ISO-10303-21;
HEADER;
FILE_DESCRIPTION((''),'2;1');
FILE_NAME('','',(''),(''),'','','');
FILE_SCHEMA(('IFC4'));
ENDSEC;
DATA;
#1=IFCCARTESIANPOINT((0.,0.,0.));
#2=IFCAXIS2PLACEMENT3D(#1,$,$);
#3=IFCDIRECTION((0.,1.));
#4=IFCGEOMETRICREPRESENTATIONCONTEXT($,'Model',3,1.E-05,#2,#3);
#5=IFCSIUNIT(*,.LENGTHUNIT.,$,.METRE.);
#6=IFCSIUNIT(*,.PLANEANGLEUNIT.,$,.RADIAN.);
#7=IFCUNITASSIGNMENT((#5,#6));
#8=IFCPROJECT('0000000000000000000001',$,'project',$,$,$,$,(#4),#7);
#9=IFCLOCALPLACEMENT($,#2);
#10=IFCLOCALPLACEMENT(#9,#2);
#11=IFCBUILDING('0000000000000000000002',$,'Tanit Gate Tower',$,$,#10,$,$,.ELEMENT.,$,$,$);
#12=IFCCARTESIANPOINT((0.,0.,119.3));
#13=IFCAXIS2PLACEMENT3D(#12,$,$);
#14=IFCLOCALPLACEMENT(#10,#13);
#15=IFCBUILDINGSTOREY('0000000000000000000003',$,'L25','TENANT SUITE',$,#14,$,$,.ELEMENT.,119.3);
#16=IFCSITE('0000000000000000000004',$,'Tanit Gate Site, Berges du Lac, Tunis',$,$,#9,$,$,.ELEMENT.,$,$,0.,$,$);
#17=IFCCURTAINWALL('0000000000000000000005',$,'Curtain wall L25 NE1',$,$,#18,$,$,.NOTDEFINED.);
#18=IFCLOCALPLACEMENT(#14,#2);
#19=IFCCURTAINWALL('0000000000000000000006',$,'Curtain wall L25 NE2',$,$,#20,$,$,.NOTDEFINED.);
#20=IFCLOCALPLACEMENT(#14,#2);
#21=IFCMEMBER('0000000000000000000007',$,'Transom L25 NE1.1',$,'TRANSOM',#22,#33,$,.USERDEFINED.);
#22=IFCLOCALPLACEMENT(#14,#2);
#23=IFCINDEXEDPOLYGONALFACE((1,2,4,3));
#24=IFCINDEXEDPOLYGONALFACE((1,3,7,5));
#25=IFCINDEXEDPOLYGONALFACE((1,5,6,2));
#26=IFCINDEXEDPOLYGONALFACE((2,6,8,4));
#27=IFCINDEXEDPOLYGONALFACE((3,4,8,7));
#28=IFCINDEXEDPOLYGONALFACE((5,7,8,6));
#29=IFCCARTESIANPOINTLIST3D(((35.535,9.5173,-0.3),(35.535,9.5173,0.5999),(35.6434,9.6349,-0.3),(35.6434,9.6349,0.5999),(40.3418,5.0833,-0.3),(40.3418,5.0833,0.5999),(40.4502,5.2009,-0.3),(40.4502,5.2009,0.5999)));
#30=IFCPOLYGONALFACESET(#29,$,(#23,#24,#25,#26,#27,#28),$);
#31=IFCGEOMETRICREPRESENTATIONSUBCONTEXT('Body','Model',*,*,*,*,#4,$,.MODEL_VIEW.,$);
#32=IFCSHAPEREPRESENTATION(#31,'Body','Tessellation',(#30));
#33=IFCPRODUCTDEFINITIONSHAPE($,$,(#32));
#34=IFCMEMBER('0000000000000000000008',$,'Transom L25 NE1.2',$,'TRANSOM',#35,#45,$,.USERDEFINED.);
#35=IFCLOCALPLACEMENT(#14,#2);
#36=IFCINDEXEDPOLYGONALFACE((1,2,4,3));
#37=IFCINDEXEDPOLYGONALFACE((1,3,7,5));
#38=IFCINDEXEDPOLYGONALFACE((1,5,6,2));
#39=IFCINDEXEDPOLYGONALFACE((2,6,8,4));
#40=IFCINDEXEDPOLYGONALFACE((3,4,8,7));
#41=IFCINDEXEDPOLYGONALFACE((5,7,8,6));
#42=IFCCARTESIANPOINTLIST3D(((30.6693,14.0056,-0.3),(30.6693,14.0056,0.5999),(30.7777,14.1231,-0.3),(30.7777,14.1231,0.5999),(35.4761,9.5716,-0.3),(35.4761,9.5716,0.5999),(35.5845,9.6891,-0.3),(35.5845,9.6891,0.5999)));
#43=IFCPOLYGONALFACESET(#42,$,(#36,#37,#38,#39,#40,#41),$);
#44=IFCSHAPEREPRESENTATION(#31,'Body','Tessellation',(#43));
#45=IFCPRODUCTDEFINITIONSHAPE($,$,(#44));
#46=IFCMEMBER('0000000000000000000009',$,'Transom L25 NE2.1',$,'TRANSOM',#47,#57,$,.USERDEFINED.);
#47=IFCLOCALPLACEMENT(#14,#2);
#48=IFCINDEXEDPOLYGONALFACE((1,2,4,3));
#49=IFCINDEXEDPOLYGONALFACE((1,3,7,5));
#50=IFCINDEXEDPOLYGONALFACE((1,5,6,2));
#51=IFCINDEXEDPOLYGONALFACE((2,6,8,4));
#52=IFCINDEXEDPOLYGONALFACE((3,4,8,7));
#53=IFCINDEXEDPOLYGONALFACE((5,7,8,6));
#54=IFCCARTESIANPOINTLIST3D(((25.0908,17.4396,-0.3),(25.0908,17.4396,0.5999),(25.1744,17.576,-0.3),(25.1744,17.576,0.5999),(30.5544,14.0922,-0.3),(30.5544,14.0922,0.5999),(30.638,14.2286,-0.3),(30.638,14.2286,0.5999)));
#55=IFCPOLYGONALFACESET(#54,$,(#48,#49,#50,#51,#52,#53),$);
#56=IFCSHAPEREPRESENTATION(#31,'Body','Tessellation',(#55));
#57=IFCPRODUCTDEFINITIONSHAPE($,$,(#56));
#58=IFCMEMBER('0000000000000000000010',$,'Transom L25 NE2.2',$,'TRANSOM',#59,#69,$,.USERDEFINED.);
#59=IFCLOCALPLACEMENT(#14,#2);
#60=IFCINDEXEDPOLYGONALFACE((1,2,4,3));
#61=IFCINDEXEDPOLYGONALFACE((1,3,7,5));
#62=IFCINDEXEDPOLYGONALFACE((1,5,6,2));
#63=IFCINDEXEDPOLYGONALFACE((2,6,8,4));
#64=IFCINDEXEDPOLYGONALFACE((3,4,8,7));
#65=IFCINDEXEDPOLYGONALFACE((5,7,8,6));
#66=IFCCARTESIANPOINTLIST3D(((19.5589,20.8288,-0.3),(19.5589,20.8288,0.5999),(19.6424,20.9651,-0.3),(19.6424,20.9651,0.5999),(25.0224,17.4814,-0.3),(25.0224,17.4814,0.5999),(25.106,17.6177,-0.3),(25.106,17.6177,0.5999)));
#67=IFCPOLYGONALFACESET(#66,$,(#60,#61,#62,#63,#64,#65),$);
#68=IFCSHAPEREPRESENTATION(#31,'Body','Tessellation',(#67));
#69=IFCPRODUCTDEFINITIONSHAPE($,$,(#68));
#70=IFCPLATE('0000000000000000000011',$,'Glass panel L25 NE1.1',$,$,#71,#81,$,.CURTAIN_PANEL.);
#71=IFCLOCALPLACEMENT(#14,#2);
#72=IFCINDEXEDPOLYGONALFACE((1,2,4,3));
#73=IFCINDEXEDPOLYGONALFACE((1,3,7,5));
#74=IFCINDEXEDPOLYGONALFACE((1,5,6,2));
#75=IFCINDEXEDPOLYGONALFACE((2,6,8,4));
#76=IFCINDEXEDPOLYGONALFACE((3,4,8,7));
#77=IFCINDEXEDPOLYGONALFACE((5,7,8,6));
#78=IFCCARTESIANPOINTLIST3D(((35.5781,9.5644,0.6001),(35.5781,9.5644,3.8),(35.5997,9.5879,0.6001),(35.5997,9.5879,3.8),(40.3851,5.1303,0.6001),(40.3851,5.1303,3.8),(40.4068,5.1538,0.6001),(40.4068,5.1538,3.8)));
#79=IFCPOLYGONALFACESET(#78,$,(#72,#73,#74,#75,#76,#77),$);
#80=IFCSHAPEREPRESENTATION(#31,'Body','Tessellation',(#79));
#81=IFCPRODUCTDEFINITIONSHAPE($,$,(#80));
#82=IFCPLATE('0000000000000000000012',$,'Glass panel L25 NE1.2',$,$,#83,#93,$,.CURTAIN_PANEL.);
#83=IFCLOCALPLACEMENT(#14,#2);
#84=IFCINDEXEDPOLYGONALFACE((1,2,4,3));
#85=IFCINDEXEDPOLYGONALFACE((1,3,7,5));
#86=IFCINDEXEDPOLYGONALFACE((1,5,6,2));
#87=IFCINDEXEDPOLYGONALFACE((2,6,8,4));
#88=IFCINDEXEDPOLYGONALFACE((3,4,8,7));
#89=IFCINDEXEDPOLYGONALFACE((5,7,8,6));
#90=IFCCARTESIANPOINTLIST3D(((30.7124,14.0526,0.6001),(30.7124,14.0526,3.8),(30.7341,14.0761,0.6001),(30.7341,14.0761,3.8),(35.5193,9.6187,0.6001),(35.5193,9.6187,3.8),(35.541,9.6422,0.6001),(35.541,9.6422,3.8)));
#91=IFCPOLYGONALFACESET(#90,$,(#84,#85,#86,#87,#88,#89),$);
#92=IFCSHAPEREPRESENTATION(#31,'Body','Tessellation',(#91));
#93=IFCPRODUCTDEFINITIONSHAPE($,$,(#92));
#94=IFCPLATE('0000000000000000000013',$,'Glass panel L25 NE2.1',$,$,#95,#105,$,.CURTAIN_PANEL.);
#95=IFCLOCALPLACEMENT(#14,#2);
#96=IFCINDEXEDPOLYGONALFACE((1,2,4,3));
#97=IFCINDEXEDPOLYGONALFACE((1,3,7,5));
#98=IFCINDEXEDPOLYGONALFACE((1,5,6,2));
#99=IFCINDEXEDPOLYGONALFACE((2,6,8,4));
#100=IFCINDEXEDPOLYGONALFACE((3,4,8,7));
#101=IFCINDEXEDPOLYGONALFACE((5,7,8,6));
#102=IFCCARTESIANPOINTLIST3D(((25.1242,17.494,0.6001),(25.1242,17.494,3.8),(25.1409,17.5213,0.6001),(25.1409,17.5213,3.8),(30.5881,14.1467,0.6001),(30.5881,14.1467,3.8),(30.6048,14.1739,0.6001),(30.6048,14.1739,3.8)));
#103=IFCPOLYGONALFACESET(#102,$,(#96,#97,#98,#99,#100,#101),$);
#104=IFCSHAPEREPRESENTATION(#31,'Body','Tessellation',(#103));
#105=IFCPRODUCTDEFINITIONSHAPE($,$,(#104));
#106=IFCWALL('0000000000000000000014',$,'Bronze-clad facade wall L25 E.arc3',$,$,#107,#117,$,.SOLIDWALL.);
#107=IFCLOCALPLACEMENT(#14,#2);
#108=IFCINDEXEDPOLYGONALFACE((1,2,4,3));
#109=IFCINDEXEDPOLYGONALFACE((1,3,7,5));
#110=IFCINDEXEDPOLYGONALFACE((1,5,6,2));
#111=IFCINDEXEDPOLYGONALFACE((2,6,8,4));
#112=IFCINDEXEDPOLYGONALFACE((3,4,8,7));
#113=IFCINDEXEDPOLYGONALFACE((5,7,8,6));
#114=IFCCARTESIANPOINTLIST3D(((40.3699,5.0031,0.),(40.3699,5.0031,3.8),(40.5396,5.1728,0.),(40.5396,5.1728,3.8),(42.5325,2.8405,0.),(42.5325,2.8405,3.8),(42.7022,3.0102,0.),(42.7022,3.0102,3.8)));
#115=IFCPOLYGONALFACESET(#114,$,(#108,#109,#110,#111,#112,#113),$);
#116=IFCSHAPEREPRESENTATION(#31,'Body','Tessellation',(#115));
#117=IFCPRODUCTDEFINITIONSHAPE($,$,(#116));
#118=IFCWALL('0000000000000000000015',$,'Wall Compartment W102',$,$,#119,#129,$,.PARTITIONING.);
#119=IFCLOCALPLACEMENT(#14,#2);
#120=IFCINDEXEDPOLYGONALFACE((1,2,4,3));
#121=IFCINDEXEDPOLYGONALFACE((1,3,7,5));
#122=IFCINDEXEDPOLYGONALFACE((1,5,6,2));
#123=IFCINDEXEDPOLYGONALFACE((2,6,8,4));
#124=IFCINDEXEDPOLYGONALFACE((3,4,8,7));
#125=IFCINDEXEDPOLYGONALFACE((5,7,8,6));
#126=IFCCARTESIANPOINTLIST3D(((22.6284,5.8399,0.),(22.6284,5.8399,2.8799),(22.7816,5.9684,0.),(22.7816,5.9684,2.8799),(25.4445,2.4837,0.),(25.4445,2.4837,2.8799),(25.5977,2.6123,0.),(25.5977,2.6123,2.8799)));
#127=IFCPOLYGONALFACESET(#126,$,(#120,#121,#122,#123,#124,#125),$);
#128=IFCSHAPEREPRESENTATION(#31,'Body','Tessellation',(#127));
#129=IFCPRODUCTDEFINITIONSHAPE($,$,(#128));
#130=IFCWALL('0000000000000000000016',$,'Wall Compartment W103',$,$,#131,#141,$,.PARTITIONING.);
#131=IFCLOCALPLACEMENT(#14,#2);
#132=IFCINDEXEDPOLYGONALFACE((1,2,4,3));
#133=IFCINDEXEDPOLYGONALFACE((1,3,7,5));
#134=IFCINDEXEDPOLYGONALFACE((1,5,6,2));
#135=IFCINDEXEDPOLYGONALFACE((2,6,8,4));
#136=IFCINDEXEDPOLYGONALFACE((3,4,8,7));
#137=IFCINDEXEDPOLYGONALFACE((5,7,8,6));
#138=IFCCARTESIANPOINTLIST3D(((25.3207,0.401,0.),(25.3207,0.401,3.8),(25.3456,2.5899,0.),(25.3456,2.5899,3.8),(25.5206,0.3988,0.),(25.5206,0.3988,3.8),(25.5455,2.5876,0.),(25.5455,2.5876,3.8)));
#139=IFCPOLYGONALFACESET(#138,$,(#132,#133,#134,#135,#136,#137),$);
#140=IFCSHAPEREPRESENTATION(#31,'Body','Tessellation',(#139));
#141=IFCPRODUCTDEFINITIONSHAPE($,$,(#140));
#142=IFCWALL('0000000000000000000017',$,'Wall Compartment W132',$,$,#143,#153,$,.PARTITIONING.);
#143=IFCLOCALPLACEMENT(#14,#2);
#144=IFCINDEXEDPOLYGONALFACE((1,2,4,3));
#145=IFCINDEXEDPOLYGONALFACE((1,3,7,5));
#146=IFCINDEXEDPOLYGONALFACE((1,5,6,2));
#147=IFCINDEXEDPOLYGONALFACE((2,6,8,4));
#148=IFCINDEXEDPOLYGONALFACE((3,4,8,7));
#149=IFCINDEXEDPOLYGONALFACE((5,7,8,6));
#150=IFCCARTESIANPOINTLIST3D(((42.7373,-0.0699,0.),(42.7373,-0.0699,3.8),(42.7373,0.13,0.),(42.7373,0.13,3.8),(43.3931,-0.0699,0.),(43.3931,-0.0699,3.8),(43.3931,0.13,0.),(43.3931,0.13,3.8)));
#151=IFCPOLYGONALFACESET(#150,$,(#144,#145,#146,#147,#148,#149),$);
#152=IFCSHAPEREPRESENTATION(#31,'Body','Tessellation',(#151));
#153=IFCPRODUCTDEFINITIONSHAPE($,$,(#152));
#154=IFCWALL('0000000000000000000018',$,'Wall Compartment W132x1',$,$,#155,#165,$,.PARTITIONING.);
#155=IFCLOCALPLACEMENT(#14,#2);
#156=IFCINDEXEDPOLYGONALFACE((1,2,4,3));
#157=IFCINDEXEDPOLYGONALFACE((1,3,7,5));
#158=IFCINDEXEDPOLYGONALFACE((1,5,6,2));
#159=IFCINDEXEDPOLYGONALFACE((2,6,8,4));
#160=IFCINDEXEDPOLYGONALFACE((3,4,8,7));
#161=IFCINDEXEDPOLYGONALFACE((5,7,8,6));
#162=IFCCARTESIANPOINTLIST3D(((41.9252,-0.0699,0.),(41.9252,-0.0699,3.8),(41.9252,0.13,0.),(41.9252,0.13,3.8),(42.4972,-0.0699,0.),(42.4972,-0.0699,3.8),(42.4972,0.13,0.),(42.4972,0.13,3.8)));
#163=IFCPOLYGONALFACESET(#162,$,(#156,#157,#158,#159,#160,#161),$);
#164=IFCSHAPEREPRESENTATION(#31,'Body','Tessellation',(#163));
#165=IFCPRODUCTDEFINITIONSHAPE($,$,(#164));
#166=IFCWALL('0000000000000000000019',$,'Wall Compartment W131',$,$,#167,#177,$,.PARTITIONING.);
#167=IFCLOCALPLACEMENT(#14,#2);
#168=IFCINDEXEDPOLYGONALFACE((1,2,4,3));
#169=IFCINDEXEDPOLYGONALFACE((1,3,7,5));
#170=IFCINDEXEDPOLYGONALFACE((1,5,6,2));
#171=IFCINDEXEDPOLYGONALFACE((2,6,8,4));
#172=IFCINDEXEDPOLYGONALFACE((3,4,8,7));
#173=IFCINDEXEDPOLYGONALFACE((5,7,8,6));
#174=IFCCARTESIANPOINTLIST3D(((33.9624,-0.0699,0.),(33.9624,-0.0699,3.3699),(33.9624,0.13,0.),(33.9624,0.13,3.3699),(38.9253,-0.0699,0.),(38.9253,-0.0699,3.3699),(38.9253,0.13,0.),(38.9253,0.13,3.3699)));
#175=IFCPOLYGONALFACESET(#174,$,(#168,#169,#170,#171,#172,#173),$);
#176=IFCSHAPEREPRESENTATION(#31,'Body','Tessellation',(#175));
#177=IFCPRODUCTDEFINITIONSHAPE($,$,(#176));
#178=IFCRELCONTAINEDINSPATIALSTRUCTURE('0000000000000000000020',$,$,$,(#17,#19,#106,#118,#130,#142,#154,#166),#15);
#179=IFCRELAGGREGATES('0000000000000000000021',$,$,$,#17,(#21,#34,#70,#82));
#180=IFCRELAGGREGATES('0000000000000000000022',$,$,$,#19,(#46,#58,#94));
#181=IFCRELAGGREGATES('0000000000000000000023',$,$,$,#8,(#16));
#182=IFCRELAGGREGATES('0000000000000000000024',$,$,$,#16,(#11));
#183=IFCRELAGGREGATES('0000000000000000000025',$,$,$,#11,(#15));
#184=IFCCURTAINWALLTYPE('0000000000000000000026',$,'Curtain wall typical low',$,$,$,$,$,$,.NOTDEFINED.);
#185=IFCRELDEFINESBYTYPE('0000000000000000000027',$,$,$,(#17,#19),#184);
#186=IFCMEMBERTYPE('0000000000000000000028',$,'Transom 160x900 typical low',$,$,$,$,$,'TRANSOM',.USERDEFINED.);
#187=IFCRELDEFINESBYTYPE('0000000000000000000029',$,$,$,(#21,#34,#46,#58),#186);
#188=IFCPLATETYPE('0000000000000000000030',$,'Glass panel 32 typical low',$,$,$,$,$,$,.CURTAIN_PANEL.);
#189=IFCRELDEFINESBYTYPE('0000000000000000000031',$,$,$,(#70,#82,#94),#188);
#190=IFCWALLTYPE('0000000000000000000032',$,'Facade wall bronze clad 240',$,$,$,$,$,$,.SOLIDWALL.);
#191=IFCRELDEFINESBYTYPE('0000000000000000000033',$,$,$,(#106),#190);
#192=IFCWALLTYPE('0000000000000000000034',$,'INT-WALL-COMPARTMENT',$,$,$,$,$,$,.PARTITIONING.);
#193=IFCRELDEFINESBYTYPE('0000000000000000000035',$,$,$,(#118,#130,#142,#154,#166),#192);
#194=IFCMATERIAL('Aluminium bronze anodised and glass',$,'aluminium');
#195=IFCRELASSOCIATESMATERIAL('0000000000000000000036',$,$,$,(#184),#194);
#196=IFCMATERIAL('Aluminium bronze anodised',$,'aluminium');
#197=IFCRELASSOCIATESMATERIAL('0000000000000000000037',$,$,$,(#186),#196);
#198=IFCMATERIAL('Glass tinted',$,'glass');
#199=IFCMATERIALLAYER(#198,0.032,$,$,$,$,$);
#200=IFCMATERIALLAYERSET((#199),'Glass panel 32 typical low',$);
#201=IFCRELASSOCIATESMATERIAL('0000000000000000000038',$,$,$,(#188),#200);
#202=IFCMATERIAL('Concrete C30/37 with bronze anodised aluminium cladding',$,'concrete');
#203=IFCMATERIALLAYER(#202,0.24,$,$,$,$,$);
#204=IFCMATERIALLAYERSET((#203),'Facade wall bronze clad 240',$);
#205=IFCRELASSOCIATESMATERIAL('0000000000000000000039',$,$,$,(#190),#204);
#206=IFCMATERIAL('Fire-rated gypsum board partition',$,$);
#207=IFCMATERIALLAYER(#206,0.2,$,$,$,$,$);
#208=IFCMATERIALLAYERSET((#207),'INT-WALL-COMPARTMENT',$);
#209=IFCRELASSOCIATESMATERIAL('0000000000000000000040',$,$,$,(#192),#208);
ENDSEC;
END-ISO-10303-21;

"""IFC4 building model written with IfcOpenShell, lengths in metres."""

from ifc_helpers import new_model, si_unit, direction, frame, frame_2d, origin, origin_2d, place, context, subcontext, project, spatial, rectangle, extrude, material, layer, layer_set, material_profile, profile_set, type_object, element, aggregate, save


model = new_model("IFC4")

# Units and contexts
model_context = context("Model", 3, precision=1e-05, world=origin(), true_north=direction((0.0, 1.0)))
body_context = subcontext(model_context, "Body", "Model", "MODEL_VIEW")
ifc_project = project(units=[si_unit("LENGTHUNIT", "METRE"), si_unit("PLANEANGLEUNIT", "RADIAN")], contexts=[model_context])

# Site, building, storey
site_placement = place(None, origin())
site = spatial("IfcSite", under=ifc_project, at=site_placement, Name="Tanit Gate Site, Berges du Lac, Tunis", CompositionType="ELEMENT", RefElevation=0.0)
building_placement = place(site_placement, origin())
building = spatial("IfcBuilding", under=site, at=building_placement, Name="Tanit Gate Tower", CompositionType="ELEMENT")
storey_placement = place(building_placement, frame((0.0, 0.0, 119.3)))
storey = spatial("IfcBuildingStorey", under=building, at=storey_placement, Name="L25", Description="TENANT SUITE", CompositionType="ELEMENT", Elevation=119.3)

# Curtain walls
ifc_material_1 = material(Name="Aluminium bronze anodised and glass", Category="aluminium")
curtain_wall_type = type_object("IfcCurtainWallType", Name="Curtain wall typical low", PredefinedType="NOTDEFINED", material=ifc_material_1)
curtain_wall_1_placement = place(storey_placement, origin())
curtain_wall_1 = element("IfcCurtainWall", 1, at=curtain_wall_1_placement, inside=storey, type_object=curtain_wall_type, Name="Curtain wall L25 NE1", PredefinedType="NOTDEFINED")
curtain_wall_2_placement = place(storey_placement, origin())
curtain_wall_2 = element("IfcCurtainWall", 2, at=curtain_wall_2_placement, inside=storey, type_object=curtain_wall_type, Name="Curtain wall L25 NE2", PredefinedType="NOTDEFINED")

# Members
ifc_material_2 = material(Name="Aluminium bronze anodised", Category="aluminium")
ifc_material_profile_1 = material_profile(ifc_material_2, rectangle(XDim=0.1599, YDim=0.8999, at=origin_2d()), Name="160x900 bronze transom")
ifc_profile_set_1 = profile_set([ifc_material_profile_1], Name="Aluminium bronze anodised")
member_type_1 = type_object("IfcMemberType", Name="Transom 160x900 typical low", ElementType="TRANSOM", PredefinedType="USERDEFINED", material=ifc_profile_set_1)
member_1_placement = place(storey_placement, frame((40.396, 5.1421, 0.1499), z_axis=(-0.735035, 0.678029, 0.0), x_axis=(-0.678029, -0.735035, 0.0)))
member_1 = element("IfcMember", 3, at=member_1_placement, type_object=member_type_1, Name="Transom L25 NE1.1", ObjectType="TRANSOM", PredefinedType="USERDEFINED", context=body_context, shape_type="SweptSolid", body=[
    extrude(rectangle(XDim=0.1599, YDim=0.8999, at=origin_2d()), origin(), (0.0, 0.0, 1.0), 6.5396),
])
member_2_placement = place(storey_placement, frame((35.5303, 9.6304, 0.1499), z_axis=(-0.735035, 0.678029, 0.0), x_axis=(-0.678029, -0.735035, 0.0)))
member_2 = element("IfcMember", 4, at=member_2_placement, type_object=member_type_1, Name="Transom L25 NE1.2", ObjectType="TRANSOM", PredefinedType="USERDEFINED", context=body_context, shape_type="SweptSolid", body=[
    extrude(rectangle(XDim=0.1599, YDim=0.8999, at=origin_2d()), origin(), (0.0, 0.0, 1.0), 6.5396),
])
member_3_placement = place(storey_placement, frame((30.5962, 14.1604, 0.1499), z_axis=(-0.852689, 0.522419, 0.0), x_axis=(-0.522419, -0.852689, 0.0)))
member_3 = element("IfcMember", 5, at=member_3_placement, type_object=member_type_1, Name="Transom L25 NE2.1", ObjectType="TRANSOM", PredefinedType="USERDEFINED", context=body_context, shape_type="SweptSolid", body=[
    extrude(rectangle(XDim=0.1599, YDim=0.8999, at=origin_2d()), origin(), (0.0, 0.0, 1.0), 6.4075),
])
member_4_placement = place(storey_placement, frame((25.0642, 17.5496, 0.1499), z_axis=(-0.852689, 0.522419, 0.0), x_axis=(-0.522419, -0.852689, 0.0)))
member_4 = element("IfcMember", 6, at=member_4_placement, type_object=member_type_1, Name="Transom L25 NE2.2", ObjectType="TRANSOM", PredefinedType="USERDEFINED", context=body_context, shape_type="SweptSolid", body=[
    extrude(rectangle(XDim=0.1599, YDim=0.8999, at=origin_2d()), origin(), (0.0, 0.0, 1.0), 6.4075),
])

# Plates
ifc_material_3 = material(Name="Glass tinted", Category="glass")
ifc_layer_1 = layer(ifc_material_3, 0.032)
ifc_layer_set_1 = layer_set([ifc_layer_1], Name="Glass panel 32 typical low")
plate_type = type_object("IfcPlateType", Name="Glass panel 32 typical low", PredefinedType="CURTAIN_PANEL", material=ifc_layer_set_1)
plate_1_placement = place(storey_placement, frame((37.9924, 7.3591, 0.6001), z_axis=(0.0, 0.0, 1.0), x_axis=(-0.735046, 0.678017, 0.0)))
plate_1 = element("IfcPlate", 7, at=plate_1_placement, type_object=plate_type, Name="Glass panel L25 NE1.1", PredefinedType="CURTAIN_PANEL", context=body_context, shape_type="SweptSolid", body=[
    extrude(rectangle(XDim=6.5398, YDim=0.032, at=origin_2d()), origin(), (0.0, 0.0, 1.0), 3.2),
])
plate_2_placement = place(storey_placement, frame((33.1267, 11.8474, 0.6001), z_axis=(0.0, 0.0, 1.0), x_axis=(-0.735046, 0.678017, 0.0)))
plate_2 = element("IfcPlate", 8, at=plate_2_placement, type_object=plate_type, Name="Glass panel L25 NE1.2", PredefinedType="CURTAIN_PANEL", context=body_context, shape_type="SweptSolid", body=[
    extrude(rectangle(XDim=6.5396, YDim=0.032, at=origin_2d()), origin(), (0.0, 0.0, 1.0), 3.2),
])
aggregate(curtain_wall_1, [member_1, member_2, plate_1, plate_2])
plate_3_placement = place(storey_placement, frame((27.8645, 15.834, 0.6001), z_axis=(0.0, 0.0, 1.0), x_axis=(-0.8527, 0.522401, 0.0)))
plate_3 = element("IfcPlate", 9, at=plate_3_placement, type_object=plate_type, Name="Glass panel L25 NE2.1", PredefinedType="CURTAIN_PANEL", context=body_context, shape_type="SweptSolid", body=[
    extrude(rectangle(XDim=6.4077, YDim=0.032, at=origin_2d()), origin(), (0.0, 0.0, 1.0), 3.2),
])
aggregate(curtain_wall_2, [member_3, member_4, plate_3])

# Walls
ifc_material_4 = material(Name="Concrete C30/37 with bronze anodised aluminium cladding", Category="concrete")
ifc_layer_2 = layer(ifc_material_4, 0.24)
ifc_layer_set_2 = layer_set([ifc_layer_2], Name="Facade wall bronze clad 240")
wall_type_1 = type_object("IfcWallType", Name="Facade wall bronze clad 240", PredefinedType="SOLIDWALL", material=ifc_layer_set_2)
wall_1_placement = place(storey_placement, frame((42.6174, 2.9253, 0.0), z_axis=(0.0, 0.0, 1.0), x_axis=(-0.707107, 0.707107, 0.0)))
element("IfcWall", 10, at=wall_1_placement, inside=storey, type_object=wall_type_1, Name="Bronze-clad facade wall L25 E.arc3", PredefinedType="SOLIDWALL", context=body_context, shape_type="SweptSolid", body=[
    extrude(rectangle(XDim=3.0583, YDim=0.24, at=frame_2d((1.5293, 0.0))), origin(), (0.0, 0.0, 1.0), 3.8),
])
ifc_material_5 = material(Name="Fire-rated gypsum board partition")
ifc_layer_3 = layer(ifc_material_5, 0.2)
ifc_layer_set_3 = layer_set([ifc_layer_3], Name="INT-WALL-COMPARTMENT")
wall_type_2 = type_object("IfcWallType", Name="INT-WALL-COMPARTMENT", PredefinedType="PARTITIONING", material=ifc_layer_set_3)
wall_2_placement = place(storey_placement, frame((25.521, 2.5481, 0.0), z_axis=(0.0, 0.0, 1.0), x_axis=(-0.642784, 0.766047, 0.0)))
element("IfcWall", 11, at=wall_2_placement, inside=storey, type_object=wall_type_2, Name="Wall Compartment W102", PredefinedType="PARTITIONING", context=body_context, shape_type="SweptSolid", body=[
    extrude(rectangle(XDim=4.3811, YDim=0.2, at=frame_2d((2.1904, 0.0))), origin(), (0.0, 0.0, 1.0), 2.8799),
])
wall_3_placement = place(storey_placement, frame((25.4207, 0.3999, 0.0), z_axis=(0.0, 0.0, 1.0), x_axis=(0.011377, 0.999935, 0.0)))
element("IfcWall", 12, at=wall_3_placement, inside=storey, type_object=wall_type_2, Name="Wall Compartment W103", PredefinedType="PARTITIONING", context=body_context, shape_type="SweptSolid", body=[
    extrude(rectangle(XDim=2.189, YDim=0.2, at=frame_2d((1.0945, 0.0))), origin(), (0.0, 0.0, 1.0), 3.8),
])
wall_4_placement = place(storey_placement, frame((43.3931, 0.03, 0.0), z_axis=(0.0, 0.0, 1.0), x_axis=(-1.0, 0.0, 0.0)))
element("IfcWall", 13, at=wall_4_placement, inside=storey, type_object=wall_type_2, Name="Wall Compartment W132", PredefinedType="PARTITIONING", context=body_context, shape_type="SweptSolid", body=[
    extrude(rectangle(XDim=0.6558, YDim=0.2, at=frame_2d((0.3279, 0.0))), origin(), (0.0, 0.0, 1.0), 3.8),
])
wall_5_placement = place(storey_placement, frame((42.4973, 0.03, 0.0), z_axis=(0.0, 0.0, 1.0), x_axis=(-1.0, 0.0, 0.0)))
element("IfcWall", 14, at=wall_5_placement, inside=storey, type_object=wall_type_2, Name="Wall Compartment W132x1", PredefinedType="PARTITIONING", context=body_context, shape_type="SweptSolid", body=[
    extrude(rectangle(XDim=0.572, YDim=0.2, at=frame_2d((0.2861, 0.0))), origin(), (0.0, 0.0, 1.0), 3.8),
])
wall_6_placement = place(storey_placement, frame((38.9253, 0.03, 0.0), z_axis=(0.0, 0.0, 1.0), x_axis=(-1.0, 0.0, 0.0)))
element("IfcWall", 15, at=wall_6_placement, inside=storey, type_object=wall_type_2, Name="Wall Compartment W131", PredefinedType="PARTITIONING", context=body_context, shape_type="SweptSolid", body=[
    extrude(rectangle(XDim=4.9629, YDim=0.2, at=frame_2d((2.4814, 0.0))), origin(), (0.0, 0.0, 1.0), 3.3699),
])

save(model, "model.ifc")
